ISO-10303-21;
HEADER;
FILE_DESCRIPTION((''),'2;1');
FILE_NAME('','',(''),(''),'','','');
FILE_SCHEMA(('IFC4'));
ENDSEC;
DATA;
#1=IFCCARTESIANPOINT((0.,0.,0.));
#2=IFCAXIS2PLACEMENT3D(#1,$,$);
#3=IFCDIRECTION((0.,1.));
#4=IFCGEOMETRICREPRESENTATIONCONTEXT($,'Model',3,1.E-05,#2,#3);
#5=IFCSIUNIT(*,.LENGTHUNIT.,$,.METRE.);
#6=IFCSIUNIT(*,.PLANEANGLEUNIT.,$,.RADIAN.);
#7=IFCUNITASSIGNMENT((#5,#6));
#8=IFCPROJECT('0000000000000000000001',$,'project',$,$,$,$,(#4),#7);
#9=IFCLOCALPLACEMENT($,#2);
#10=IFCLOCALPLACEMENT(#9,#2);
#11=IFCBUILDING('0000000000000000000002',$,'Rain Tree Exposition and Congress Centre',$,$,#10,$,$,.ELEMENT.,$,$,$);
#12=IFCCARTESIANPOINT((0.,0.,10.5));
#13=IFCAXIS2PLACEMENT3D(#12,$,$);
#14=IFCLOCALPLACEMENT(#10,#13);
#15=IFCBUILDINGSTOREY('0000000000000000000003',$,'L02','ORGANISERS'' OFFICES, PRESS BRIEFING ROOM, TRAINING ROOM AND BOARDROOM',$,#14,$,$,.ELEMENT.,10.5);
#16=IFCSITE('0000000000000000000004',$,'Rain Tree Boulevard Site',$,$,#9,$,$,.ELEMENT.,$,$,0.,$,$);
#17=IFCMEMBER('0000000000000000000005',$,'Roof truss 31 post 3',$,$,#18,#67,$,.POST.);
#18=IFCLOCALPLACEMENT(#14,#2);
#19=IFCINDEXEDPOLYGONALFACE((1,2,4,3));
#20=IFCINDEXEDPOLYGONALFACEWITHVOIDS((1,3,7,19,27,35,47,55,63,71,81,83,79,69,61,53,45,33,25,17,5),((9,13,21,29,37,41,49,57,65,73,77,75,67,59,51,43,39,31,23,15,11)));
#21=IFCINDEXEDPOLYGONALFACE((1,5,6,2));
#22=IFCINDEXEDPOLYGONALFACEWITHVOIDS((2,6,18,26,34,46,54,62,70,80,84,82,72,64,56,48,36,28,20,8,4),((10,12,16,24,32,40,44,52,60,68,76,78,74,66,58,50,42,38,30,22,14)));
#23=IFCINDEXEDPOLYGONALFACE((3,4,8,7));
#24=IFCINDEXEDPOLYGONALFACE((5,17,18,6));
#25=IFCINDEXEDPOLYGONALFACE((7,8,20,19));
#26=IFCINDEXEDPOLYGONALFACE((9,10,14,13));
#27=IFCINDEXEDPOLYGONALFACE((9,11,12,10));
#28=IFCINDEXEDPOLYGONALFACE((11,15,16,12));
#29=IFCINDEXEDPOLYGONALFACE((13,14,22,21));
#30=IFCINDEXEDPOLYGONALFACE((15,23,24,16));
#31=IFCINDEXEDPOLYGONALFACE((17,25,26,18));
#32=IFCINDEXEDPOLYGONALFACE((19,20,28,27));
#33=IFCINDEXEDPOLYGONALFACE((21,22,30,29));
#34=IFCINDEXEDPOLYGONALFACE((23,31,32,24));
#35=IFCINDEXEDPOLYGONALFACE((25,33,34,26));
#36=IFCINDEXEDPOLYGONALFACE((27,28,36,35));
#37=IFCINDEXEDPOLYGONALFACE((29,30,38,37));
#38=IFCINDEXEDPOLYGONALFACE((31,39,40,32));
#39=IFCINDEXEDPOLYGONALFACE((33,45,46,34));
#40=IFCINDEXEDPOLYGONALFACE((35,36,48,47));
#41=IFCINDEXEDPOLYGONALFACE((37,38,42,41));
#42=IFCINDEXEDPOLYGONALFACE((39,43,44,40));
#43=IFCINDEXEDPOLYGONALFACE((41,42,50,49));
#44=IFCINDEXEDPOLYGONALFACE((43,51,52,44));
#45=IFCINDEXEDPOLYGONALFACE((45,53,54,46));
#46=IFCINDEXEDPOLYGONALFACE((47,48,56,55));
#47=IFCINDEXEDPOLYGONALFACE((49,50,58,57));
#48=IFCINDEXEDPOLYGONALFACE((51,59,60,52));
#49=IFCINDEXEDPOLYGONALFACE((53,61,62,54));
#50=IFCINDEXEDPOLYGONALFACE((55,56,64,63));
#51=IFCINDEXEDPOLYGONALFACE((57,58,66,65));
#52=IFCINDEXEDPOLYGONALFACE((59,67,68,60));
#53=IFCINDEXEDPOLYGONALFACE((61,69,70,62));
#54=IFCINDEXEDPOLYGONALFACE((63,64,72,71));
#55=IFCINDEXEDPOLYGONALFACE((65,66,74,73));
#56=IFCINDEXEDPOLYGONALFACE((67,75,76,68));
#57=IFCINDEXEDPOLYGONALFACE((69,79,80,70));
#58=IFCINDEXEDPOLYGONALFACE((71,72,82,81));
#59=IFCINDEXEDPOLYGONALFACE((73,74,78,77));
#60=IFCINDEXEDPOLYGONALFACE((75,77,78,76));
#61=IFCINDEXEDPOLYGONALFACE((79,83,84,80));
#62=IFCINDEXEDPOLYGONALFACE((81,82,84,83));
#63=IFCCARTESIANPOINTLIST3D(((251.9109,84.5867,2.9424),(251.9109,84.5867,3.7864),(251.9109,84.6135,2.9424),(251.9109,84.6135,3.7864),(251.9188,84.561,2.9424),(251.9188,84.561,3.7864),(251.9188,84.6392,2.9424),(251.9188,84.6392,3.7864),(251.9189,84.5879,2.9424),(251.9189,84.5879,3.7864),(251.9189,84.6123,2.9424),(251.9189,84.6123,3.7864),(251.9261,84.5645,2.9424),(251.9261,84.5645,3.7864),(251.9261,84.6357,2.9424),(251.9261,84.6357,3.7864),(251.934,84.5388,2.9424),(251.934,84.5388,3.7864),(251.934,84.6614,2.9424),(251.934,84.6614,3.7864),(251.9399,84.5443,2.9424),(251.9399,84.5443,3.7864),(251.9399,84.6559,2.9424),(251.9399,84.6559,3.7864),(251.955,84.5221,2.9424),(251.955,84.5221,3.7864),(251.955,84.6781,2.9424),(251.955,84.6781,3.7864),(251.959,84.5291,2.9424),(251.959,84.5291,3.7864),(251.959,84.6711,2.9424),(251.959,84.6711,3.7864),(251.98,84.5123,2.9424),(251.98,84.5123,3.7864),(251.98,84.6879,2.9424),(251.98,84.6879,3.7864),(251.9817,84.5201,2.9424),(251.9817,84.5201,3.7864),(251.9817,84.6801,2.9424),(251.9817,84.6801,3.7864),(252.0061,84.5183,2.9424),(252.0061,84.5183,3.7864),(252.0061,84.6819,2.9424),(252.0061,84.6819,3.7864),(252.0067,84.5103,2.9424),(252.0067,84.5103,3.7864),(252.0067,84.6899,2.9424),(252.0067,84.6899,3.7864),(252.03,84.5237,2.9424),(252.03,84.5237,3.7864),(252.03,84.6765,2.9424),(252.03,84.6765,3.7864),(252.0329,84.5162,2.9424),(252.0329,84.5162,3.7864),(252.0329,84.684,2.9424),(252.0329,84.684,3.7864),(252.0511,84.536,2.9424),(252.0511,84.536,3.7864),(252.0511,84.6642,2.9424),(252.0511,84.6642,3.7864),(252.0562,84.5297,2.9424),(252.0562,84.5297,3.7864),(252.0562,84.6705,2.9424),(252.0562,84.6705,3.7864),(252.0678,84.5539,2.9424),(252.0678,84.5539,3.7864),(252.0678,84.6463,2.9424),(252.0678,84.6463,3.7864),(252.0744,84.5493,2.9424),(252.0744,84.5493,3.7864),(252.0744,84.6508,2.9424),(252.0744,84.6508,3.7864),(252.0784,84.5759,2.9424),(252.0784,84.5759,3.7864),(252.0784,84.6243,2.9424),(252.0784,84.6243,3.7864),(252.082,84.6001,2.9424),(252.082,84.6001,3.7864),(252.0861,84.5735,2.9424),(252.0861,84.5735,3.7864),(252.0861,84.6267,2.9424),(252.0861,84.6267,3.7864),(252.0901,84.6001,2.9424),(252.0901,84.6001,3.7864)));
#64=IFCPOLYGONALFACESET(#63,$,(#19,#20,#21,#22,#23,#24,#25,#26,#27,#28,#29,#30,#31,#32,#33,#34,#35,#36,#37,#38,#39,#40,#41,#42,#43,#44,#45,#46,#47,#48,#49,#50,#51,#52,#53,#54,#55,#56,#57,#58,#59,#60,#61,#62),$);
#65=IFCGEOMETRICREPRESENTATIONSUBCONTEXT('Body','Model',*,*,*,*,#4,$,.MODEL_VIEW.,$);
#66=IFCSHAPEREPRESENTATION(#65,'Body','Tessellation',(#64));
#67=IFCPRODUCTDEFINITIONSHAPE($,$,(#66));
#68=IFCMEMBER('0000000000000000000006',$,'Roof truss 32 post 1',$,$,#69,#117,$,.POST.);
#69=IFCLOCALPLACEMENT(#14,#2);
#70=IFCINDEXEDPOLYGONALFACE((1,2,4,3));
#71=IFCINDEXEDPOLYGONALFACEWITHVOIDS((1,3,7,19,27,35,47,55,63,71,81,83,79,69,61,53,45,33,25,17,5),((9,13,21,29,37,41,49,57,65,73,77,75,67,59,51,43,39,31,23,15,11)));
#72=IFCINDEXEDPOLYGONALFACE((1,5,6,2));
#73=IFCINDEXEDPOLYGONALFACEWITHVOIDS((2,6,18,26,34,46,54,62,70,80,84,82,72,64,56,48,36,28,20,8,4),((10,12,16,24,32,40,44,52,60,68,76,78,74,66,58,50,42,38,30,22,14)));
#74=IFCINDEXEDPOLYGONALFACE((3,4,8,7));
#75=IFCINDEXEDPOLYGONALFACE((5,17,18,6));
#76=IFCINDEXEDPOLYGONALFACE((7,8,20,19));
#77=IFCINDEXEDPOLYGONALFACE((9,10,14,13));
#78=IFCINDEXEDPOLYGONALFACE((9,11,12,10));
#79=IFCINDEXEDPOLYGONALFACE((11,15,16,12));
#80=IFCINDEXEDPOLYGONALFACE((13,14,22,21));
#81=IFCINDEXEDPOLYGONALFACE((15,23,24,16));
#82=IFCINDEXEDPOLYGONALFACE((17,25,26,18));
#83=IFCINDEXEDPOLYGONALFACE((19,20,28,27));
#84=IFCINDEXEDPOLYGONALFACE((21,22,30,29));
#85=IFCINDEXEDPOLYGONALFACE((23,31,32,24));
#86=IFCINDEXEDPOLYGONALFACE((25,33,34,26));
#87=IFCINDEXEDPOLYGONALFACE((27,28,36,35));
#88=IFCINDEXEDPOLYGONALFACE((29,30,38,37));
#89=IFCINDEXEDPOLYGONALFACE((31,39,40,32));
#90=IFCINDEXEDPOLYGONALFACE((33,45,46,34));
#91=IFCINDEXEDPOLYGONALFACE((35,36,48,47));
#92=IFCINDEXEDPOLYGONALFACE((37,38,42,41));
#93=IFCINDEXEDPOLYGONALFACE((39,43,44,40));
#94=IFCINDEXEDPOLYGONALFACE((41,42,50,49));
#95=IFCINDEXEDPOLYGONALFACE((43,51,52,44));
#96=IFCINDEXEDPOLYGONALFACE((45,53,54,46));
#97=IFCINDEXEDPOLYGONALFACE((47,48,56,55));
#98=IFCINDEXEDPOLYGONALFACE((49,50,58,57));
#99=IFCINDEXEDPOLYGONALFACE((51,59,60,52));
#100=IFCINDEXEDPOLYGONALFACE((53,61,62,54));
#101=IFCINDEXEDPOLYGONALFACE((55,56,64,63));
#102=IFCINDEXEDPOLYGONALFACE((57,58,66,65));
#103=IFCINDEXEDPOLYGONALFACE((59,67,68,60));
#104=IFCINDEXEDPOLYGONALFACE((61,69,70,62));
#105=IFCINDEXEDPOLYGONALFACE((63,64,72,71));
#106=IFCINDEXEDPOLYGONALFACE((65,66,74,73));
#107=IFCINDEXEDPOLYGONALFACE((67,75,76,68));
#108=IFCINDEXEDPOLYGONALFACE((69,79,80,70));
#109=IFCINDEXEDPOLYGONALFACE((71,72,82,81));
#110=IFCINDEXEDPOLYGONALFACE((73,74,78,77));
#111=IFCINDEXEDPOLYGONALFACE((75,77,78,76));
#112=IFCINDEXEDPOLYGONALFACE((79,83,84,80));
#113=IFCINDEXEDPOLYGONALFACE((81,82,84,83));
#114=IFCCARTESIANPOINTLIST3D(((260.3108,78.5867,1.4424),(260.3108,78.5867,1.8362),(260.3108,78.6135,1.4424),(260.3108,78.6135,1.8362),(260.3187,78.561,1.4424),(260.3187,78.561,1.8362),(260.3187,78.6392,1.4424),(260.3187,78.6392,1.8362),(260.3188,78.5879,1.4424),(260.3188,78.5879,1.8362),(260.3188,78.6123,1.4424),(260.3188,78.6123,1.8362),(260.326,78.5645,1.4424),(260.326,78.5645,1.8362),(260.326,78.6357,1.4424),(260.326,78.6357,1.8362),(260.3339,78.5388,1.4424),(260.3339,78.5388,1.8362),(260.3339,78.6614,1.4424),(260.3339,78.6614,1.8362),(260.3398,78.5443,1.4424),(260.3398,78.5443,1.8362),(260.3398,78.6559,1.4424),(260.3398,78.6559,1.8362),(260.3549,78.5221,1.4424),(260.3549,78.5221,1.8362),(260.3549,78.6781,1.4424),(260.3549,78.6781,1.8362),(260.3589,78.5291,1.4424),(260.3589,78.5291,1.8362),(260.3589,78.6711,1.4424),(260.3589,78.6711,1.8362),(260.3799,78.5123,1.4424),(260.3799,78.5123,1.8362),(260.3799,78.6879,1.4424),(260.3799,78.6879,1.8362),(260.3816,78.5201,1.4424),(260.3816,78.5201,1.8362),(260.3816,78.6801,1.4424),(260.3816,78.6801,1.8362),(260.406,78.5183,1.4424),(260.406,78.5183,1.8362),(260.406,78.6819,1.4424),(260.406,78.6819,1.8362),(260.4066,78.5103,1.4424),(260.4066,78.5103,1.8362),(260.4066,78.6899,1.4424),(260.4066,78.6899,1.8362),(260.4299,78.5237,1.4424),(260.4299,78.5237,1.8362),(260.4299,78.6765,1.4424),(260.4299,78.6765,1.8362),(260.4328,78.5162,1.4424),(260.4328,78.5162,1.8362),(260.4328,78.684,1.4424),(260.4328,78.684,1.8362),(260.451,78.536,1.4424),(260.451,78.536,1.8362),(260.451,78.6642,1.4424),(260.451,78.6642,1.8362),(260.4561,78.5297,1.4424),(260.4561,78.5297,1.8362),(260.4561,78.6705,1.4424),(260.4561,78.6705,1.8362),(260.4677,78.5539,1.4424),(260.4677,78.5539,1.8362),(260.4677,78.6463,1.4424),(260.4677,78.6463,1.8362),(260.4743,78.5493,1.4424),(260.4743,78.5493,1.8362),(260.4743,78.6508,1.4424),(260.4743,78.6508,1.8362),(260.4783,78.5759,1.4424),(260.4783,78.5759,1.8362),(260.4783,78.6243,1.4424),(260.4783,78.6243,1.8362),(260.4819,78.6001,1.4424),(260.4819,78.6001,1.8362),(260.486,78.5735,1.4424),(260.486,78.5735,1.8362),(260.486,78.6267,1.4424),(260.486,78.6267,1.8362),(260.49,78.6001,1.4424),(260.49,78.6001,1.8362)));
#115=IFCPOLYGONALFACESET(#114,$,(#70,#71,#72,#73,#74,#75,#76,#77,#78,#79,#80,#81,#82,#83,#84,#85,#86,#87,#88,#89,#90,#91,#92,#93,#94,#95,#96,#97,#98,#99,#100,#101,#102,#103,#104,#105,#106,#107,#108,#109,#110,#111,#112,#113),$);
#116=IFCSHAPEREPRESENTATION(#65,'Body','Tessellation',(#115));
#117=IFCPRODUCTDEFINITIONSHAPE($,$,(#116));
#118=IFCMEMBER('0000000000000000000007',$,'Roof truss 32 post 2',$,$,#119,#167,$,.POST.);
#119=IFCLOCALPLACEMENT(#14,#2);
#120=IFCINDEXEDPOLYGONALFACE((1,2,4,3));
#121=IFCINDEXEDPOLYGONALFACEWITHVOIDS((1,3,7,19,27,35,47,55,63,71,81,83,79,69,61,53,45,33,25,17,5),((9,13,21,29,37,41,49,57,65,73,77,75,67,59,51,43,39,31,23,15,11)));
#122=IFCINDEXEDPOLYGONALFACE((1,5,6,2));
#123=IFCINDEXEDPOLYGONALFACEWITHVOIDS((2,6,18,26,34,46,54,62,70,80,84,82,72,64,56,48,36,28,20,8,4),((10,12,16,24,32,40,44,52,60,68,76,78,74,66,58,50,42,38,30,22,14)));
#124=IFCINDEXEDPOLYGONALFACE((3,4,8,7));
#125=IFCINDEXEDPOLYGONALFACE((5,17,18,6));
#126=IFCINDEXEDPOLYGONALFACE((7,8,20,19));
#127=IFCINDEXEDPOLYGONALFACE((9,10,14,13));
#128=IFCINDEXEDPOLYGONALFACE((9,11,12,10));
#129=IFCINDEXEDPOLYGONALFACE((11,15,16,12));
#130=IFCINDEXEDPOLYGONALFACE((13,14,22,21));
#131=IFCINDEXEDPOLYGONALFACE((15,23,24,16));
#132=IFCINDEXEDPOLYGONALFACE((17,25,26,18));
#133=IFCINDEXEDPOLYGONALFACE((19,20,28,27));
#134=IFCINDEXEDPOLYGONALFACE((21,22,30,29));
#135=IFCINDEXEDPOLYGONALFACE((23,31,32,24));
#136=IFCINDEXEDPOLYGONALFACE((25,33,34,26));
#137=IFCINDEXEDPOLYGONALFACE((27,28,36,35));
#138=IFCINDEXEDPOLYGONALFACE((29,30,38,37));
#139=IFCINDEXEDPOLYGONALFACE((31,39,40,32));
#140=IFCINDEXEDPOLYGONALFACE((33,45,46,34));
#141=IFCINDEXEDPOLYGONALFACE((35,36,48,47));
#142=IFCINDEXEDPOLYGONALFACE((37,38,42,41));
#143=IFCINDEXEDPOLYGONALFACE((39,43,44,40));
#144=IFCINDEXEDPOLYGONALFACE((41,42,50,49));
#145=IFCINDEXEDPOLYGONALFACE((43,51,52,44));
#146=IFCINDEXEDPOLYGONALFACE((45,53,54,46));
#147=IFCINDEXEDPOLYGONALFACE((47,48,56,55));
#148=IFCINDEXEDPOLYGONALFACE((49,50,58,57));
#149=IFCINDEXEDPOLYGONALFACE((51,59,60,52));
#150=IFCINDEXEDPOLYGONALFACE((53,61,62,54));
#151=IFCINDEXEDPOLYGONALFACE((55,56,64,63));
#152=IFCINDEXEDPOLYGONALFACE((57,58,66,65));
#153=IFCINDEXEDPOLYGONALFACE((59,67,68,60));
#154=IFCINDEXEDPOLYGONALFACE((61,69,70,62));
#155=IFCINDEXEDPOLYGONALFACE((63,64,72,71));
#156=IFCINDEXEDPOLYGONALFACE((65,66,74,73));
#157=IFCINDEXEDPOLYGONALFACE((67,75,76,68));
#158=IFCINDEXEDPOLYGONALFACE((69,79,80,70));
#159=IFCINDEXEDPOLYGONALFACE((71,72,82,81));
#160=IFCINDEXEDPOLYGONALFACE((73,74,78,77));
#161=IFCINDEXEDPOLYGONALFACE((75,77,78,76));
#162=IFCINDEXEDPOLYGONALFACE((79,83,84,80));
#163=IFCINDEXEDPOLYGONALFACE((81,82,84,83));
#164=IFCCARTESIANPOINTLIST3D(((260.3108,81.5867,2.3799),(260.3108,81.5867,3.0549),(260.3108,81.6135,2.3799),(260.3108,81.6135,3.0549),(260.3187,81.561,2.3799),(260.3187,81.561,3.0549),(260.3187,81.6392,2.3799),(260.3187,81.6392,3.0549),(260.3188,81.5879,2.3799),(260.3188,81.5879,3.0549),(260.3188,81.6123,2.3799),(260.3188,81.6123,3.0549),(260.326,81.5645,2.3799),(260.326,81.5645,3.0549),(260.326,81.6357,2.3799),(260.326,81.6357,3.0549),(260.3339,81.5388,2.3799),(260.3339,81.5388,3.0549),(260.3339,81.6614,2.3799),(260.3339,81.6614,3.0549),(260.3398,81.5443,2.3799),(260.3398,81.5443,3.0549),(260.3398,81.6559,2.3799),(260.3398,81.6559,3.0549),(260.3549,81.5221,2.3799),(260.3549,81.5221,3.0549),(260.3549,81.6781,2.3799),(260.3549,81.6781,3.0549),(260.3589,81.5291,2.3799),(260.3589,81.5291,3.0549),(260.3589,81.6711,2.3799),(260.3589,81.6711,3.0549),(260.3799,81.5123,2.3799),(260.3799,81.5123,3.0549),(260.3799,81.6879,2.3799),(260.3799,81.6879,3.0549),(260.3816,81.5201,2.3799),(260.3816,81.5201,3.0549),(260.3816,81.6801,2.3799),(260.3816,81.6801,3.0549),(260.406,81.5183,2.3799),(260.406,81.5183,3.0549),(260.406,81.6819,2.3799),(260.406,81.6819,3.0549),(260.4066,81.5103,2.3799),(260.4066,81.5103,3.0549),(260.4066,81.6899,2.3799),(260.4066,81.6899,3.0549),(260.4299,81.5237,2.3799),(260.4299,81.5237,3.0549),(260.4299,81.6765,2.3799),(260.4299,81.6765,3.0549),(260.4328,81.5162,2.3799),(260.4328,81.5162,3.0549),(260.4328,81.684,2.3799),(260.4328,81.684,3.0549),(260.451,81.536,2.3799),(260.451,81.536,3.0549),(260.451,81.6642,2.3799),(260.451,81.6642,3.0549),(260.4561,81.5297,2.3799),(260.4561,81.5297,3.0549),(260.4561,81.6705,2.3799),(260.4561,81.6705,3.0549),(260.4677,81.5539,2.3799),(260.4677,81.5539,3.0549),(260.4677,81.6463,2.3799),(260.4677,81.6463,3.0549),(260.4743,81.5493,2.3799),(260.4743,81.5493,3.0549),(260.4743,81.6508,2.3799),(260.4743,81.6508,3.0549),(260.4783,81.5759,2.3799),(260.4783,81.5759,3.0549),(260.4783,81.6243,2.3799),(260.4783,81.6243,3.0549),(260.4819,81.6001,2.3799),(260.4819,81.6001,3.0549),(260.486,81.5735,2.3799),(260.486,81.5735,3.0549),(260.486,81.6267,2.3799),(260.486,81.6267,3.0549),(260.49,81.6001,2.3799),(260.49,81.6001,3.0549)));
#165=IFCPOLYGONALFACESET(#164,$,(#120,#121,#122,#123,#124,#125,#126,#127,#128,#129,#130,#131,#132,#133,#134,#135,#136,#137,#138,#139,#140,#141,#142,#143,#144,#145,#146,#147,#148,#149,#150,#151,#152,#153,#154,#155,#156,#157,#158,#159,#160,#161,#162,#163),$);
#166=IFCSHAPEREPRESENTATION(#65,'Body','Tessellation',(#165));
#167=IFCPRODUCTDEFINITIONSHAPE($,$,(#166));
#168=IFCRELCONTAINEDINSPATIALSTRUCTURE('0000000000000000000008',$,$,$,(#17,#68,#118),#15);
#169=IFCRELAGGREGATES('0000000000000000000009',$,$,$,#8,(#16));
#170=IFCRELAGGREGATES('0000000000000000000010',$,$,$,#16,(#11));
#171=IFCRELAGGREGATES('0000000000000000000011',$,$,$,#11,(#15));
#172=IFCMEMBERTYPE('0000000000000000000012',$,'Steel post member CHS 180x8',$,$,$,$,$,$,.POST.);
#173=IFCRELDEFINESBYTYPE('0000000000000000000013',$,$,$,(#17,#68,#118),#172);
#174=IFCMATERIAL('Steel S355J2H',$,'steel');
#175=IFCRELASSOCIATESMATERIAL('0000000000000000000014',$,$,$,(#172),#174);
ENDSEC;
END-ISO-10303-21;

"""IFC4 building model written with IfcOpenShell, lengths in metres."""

from ifc_helpers import new_model, si_unit, direction, frame, origin, origin_2d, place, context, subcontext, project, spatial, hollow_circle, extrude, material, material_profile, profile_set, type_object, element, save


model = new_model("IFC4")

# Units and contexts
model_context = context("Model", 3, precision=1e-05, world=origin(), true_north=direction((0.0, 1.0)))
body_context = subcontext(model_context, "Body", "Model", "MODEL_VIEW")
ifc_project = project(units=[si_unit("LENGTHUNIT", "METRE"), si_unit("PLANEANGLEUNIT", "RADIAN")], contexts=[model_context])

# Site, building, storey
site_placement = place(None, origin())
site = spatial("IfcSite", under=ifc_project, at=site_placement, Name="Rain Tree Boulevard Site", CompositionType="ELEMENT", RefElevation=0.0)
building_placement = place(site_placement, origin())
building = spatial("IfcBuilding", under=site, at=building_placement, Name="Rain Tree Exposition and Congress Centre", CompositionType="ELEMENT")
storey_placement = place(building_placement, frame((0.0, 0.0, 10.5)))
storey = spatial("IfcBuildingStorey", under=building, at=storey_placement, Name="L02", Description="ORGANISERS' OFFICES, PRESS BRIEFING ROOM, TRAINING ROOM AND BOARDROOM", CompositionType="ELEMENT", Elevation=10.5)

# Members
ifc_material_1 = material(Name="Steel S355J2H", Category="steel")
ifc_material_profile_1 = material_profile(ifc_material_1, hollow_circle(Radius=0.0901, WallThickness=0.0081, at=origin_2d()), Name="CHS 180x8")
ifc_profile_set_1 = profile_set([ifc_material_profile_1], Name="Steel S355J2H")
member_type_1 = type_object("IfcMemberType", Name="Steel post member CHS 180x8", PredefinedType="POST", material=ifc_profile_set_1)
member_1_placement = place(storey_placement, frame((252.0, 84.6001, 2.9424), z_axis=(0.0, 0.0, 1.0), x_axis=(1.0, 0.0, 0.0)))
element("IfcMember", 1, at=member_1_placement, inside=storey, type_object=member_type_1, Name="Roof truss 31 post 3", PredefinedType="POST", context=body_context, shape_type="SweptSolid", body=[
    extrude(hollow_circle(Radius=0.0901, WallThickness=0.0081, at=origin_2d()), origin(), (0.0, 0.0, 1.0), 0.844),
])
member_2_placement = place(storey_placement, frame((260.3999, 78.6001, 1.4424), z_axis=(0.0, 0.0, 1.0), x_axis=(1.0, 0.0, 0.0)))
element("IfcMember", 2, at=member_2_placement, inside=storey, type_object=member_type_1, Name="Roof truss 32 post 1", PredefinedType="POST", context=body_context, shape_type="SweptSolid", body=[
    extrude(hollow_circle(Radius=0.0901, WallThickness=0.0081, at=origin_2d()), origin(), (0.0, 0.0, 1.0), 0.3938),
])
member_3_placement = place(storey_placement, frame((260.3999, 81.6001, 2.3799), z_axis=(0.0, 0.0, 1.0), x_axis=(1.0, 0.0, 0.0)))
element("IfcMember", 3, at=member_3_placement, inside=storey, type_object=member_type_1, Name="Roof truss 32 post 2", PredefinedType="POST", context=body_context, shape_type="SweptSolid", body=[
    extrude(hollow_circle(Radius=0.0901, WallThickness=0.0081, at=origin_2d()), origin(), (0.0, 0.0, 1.0), 0.675),
])

save(model, "model.ifc")
